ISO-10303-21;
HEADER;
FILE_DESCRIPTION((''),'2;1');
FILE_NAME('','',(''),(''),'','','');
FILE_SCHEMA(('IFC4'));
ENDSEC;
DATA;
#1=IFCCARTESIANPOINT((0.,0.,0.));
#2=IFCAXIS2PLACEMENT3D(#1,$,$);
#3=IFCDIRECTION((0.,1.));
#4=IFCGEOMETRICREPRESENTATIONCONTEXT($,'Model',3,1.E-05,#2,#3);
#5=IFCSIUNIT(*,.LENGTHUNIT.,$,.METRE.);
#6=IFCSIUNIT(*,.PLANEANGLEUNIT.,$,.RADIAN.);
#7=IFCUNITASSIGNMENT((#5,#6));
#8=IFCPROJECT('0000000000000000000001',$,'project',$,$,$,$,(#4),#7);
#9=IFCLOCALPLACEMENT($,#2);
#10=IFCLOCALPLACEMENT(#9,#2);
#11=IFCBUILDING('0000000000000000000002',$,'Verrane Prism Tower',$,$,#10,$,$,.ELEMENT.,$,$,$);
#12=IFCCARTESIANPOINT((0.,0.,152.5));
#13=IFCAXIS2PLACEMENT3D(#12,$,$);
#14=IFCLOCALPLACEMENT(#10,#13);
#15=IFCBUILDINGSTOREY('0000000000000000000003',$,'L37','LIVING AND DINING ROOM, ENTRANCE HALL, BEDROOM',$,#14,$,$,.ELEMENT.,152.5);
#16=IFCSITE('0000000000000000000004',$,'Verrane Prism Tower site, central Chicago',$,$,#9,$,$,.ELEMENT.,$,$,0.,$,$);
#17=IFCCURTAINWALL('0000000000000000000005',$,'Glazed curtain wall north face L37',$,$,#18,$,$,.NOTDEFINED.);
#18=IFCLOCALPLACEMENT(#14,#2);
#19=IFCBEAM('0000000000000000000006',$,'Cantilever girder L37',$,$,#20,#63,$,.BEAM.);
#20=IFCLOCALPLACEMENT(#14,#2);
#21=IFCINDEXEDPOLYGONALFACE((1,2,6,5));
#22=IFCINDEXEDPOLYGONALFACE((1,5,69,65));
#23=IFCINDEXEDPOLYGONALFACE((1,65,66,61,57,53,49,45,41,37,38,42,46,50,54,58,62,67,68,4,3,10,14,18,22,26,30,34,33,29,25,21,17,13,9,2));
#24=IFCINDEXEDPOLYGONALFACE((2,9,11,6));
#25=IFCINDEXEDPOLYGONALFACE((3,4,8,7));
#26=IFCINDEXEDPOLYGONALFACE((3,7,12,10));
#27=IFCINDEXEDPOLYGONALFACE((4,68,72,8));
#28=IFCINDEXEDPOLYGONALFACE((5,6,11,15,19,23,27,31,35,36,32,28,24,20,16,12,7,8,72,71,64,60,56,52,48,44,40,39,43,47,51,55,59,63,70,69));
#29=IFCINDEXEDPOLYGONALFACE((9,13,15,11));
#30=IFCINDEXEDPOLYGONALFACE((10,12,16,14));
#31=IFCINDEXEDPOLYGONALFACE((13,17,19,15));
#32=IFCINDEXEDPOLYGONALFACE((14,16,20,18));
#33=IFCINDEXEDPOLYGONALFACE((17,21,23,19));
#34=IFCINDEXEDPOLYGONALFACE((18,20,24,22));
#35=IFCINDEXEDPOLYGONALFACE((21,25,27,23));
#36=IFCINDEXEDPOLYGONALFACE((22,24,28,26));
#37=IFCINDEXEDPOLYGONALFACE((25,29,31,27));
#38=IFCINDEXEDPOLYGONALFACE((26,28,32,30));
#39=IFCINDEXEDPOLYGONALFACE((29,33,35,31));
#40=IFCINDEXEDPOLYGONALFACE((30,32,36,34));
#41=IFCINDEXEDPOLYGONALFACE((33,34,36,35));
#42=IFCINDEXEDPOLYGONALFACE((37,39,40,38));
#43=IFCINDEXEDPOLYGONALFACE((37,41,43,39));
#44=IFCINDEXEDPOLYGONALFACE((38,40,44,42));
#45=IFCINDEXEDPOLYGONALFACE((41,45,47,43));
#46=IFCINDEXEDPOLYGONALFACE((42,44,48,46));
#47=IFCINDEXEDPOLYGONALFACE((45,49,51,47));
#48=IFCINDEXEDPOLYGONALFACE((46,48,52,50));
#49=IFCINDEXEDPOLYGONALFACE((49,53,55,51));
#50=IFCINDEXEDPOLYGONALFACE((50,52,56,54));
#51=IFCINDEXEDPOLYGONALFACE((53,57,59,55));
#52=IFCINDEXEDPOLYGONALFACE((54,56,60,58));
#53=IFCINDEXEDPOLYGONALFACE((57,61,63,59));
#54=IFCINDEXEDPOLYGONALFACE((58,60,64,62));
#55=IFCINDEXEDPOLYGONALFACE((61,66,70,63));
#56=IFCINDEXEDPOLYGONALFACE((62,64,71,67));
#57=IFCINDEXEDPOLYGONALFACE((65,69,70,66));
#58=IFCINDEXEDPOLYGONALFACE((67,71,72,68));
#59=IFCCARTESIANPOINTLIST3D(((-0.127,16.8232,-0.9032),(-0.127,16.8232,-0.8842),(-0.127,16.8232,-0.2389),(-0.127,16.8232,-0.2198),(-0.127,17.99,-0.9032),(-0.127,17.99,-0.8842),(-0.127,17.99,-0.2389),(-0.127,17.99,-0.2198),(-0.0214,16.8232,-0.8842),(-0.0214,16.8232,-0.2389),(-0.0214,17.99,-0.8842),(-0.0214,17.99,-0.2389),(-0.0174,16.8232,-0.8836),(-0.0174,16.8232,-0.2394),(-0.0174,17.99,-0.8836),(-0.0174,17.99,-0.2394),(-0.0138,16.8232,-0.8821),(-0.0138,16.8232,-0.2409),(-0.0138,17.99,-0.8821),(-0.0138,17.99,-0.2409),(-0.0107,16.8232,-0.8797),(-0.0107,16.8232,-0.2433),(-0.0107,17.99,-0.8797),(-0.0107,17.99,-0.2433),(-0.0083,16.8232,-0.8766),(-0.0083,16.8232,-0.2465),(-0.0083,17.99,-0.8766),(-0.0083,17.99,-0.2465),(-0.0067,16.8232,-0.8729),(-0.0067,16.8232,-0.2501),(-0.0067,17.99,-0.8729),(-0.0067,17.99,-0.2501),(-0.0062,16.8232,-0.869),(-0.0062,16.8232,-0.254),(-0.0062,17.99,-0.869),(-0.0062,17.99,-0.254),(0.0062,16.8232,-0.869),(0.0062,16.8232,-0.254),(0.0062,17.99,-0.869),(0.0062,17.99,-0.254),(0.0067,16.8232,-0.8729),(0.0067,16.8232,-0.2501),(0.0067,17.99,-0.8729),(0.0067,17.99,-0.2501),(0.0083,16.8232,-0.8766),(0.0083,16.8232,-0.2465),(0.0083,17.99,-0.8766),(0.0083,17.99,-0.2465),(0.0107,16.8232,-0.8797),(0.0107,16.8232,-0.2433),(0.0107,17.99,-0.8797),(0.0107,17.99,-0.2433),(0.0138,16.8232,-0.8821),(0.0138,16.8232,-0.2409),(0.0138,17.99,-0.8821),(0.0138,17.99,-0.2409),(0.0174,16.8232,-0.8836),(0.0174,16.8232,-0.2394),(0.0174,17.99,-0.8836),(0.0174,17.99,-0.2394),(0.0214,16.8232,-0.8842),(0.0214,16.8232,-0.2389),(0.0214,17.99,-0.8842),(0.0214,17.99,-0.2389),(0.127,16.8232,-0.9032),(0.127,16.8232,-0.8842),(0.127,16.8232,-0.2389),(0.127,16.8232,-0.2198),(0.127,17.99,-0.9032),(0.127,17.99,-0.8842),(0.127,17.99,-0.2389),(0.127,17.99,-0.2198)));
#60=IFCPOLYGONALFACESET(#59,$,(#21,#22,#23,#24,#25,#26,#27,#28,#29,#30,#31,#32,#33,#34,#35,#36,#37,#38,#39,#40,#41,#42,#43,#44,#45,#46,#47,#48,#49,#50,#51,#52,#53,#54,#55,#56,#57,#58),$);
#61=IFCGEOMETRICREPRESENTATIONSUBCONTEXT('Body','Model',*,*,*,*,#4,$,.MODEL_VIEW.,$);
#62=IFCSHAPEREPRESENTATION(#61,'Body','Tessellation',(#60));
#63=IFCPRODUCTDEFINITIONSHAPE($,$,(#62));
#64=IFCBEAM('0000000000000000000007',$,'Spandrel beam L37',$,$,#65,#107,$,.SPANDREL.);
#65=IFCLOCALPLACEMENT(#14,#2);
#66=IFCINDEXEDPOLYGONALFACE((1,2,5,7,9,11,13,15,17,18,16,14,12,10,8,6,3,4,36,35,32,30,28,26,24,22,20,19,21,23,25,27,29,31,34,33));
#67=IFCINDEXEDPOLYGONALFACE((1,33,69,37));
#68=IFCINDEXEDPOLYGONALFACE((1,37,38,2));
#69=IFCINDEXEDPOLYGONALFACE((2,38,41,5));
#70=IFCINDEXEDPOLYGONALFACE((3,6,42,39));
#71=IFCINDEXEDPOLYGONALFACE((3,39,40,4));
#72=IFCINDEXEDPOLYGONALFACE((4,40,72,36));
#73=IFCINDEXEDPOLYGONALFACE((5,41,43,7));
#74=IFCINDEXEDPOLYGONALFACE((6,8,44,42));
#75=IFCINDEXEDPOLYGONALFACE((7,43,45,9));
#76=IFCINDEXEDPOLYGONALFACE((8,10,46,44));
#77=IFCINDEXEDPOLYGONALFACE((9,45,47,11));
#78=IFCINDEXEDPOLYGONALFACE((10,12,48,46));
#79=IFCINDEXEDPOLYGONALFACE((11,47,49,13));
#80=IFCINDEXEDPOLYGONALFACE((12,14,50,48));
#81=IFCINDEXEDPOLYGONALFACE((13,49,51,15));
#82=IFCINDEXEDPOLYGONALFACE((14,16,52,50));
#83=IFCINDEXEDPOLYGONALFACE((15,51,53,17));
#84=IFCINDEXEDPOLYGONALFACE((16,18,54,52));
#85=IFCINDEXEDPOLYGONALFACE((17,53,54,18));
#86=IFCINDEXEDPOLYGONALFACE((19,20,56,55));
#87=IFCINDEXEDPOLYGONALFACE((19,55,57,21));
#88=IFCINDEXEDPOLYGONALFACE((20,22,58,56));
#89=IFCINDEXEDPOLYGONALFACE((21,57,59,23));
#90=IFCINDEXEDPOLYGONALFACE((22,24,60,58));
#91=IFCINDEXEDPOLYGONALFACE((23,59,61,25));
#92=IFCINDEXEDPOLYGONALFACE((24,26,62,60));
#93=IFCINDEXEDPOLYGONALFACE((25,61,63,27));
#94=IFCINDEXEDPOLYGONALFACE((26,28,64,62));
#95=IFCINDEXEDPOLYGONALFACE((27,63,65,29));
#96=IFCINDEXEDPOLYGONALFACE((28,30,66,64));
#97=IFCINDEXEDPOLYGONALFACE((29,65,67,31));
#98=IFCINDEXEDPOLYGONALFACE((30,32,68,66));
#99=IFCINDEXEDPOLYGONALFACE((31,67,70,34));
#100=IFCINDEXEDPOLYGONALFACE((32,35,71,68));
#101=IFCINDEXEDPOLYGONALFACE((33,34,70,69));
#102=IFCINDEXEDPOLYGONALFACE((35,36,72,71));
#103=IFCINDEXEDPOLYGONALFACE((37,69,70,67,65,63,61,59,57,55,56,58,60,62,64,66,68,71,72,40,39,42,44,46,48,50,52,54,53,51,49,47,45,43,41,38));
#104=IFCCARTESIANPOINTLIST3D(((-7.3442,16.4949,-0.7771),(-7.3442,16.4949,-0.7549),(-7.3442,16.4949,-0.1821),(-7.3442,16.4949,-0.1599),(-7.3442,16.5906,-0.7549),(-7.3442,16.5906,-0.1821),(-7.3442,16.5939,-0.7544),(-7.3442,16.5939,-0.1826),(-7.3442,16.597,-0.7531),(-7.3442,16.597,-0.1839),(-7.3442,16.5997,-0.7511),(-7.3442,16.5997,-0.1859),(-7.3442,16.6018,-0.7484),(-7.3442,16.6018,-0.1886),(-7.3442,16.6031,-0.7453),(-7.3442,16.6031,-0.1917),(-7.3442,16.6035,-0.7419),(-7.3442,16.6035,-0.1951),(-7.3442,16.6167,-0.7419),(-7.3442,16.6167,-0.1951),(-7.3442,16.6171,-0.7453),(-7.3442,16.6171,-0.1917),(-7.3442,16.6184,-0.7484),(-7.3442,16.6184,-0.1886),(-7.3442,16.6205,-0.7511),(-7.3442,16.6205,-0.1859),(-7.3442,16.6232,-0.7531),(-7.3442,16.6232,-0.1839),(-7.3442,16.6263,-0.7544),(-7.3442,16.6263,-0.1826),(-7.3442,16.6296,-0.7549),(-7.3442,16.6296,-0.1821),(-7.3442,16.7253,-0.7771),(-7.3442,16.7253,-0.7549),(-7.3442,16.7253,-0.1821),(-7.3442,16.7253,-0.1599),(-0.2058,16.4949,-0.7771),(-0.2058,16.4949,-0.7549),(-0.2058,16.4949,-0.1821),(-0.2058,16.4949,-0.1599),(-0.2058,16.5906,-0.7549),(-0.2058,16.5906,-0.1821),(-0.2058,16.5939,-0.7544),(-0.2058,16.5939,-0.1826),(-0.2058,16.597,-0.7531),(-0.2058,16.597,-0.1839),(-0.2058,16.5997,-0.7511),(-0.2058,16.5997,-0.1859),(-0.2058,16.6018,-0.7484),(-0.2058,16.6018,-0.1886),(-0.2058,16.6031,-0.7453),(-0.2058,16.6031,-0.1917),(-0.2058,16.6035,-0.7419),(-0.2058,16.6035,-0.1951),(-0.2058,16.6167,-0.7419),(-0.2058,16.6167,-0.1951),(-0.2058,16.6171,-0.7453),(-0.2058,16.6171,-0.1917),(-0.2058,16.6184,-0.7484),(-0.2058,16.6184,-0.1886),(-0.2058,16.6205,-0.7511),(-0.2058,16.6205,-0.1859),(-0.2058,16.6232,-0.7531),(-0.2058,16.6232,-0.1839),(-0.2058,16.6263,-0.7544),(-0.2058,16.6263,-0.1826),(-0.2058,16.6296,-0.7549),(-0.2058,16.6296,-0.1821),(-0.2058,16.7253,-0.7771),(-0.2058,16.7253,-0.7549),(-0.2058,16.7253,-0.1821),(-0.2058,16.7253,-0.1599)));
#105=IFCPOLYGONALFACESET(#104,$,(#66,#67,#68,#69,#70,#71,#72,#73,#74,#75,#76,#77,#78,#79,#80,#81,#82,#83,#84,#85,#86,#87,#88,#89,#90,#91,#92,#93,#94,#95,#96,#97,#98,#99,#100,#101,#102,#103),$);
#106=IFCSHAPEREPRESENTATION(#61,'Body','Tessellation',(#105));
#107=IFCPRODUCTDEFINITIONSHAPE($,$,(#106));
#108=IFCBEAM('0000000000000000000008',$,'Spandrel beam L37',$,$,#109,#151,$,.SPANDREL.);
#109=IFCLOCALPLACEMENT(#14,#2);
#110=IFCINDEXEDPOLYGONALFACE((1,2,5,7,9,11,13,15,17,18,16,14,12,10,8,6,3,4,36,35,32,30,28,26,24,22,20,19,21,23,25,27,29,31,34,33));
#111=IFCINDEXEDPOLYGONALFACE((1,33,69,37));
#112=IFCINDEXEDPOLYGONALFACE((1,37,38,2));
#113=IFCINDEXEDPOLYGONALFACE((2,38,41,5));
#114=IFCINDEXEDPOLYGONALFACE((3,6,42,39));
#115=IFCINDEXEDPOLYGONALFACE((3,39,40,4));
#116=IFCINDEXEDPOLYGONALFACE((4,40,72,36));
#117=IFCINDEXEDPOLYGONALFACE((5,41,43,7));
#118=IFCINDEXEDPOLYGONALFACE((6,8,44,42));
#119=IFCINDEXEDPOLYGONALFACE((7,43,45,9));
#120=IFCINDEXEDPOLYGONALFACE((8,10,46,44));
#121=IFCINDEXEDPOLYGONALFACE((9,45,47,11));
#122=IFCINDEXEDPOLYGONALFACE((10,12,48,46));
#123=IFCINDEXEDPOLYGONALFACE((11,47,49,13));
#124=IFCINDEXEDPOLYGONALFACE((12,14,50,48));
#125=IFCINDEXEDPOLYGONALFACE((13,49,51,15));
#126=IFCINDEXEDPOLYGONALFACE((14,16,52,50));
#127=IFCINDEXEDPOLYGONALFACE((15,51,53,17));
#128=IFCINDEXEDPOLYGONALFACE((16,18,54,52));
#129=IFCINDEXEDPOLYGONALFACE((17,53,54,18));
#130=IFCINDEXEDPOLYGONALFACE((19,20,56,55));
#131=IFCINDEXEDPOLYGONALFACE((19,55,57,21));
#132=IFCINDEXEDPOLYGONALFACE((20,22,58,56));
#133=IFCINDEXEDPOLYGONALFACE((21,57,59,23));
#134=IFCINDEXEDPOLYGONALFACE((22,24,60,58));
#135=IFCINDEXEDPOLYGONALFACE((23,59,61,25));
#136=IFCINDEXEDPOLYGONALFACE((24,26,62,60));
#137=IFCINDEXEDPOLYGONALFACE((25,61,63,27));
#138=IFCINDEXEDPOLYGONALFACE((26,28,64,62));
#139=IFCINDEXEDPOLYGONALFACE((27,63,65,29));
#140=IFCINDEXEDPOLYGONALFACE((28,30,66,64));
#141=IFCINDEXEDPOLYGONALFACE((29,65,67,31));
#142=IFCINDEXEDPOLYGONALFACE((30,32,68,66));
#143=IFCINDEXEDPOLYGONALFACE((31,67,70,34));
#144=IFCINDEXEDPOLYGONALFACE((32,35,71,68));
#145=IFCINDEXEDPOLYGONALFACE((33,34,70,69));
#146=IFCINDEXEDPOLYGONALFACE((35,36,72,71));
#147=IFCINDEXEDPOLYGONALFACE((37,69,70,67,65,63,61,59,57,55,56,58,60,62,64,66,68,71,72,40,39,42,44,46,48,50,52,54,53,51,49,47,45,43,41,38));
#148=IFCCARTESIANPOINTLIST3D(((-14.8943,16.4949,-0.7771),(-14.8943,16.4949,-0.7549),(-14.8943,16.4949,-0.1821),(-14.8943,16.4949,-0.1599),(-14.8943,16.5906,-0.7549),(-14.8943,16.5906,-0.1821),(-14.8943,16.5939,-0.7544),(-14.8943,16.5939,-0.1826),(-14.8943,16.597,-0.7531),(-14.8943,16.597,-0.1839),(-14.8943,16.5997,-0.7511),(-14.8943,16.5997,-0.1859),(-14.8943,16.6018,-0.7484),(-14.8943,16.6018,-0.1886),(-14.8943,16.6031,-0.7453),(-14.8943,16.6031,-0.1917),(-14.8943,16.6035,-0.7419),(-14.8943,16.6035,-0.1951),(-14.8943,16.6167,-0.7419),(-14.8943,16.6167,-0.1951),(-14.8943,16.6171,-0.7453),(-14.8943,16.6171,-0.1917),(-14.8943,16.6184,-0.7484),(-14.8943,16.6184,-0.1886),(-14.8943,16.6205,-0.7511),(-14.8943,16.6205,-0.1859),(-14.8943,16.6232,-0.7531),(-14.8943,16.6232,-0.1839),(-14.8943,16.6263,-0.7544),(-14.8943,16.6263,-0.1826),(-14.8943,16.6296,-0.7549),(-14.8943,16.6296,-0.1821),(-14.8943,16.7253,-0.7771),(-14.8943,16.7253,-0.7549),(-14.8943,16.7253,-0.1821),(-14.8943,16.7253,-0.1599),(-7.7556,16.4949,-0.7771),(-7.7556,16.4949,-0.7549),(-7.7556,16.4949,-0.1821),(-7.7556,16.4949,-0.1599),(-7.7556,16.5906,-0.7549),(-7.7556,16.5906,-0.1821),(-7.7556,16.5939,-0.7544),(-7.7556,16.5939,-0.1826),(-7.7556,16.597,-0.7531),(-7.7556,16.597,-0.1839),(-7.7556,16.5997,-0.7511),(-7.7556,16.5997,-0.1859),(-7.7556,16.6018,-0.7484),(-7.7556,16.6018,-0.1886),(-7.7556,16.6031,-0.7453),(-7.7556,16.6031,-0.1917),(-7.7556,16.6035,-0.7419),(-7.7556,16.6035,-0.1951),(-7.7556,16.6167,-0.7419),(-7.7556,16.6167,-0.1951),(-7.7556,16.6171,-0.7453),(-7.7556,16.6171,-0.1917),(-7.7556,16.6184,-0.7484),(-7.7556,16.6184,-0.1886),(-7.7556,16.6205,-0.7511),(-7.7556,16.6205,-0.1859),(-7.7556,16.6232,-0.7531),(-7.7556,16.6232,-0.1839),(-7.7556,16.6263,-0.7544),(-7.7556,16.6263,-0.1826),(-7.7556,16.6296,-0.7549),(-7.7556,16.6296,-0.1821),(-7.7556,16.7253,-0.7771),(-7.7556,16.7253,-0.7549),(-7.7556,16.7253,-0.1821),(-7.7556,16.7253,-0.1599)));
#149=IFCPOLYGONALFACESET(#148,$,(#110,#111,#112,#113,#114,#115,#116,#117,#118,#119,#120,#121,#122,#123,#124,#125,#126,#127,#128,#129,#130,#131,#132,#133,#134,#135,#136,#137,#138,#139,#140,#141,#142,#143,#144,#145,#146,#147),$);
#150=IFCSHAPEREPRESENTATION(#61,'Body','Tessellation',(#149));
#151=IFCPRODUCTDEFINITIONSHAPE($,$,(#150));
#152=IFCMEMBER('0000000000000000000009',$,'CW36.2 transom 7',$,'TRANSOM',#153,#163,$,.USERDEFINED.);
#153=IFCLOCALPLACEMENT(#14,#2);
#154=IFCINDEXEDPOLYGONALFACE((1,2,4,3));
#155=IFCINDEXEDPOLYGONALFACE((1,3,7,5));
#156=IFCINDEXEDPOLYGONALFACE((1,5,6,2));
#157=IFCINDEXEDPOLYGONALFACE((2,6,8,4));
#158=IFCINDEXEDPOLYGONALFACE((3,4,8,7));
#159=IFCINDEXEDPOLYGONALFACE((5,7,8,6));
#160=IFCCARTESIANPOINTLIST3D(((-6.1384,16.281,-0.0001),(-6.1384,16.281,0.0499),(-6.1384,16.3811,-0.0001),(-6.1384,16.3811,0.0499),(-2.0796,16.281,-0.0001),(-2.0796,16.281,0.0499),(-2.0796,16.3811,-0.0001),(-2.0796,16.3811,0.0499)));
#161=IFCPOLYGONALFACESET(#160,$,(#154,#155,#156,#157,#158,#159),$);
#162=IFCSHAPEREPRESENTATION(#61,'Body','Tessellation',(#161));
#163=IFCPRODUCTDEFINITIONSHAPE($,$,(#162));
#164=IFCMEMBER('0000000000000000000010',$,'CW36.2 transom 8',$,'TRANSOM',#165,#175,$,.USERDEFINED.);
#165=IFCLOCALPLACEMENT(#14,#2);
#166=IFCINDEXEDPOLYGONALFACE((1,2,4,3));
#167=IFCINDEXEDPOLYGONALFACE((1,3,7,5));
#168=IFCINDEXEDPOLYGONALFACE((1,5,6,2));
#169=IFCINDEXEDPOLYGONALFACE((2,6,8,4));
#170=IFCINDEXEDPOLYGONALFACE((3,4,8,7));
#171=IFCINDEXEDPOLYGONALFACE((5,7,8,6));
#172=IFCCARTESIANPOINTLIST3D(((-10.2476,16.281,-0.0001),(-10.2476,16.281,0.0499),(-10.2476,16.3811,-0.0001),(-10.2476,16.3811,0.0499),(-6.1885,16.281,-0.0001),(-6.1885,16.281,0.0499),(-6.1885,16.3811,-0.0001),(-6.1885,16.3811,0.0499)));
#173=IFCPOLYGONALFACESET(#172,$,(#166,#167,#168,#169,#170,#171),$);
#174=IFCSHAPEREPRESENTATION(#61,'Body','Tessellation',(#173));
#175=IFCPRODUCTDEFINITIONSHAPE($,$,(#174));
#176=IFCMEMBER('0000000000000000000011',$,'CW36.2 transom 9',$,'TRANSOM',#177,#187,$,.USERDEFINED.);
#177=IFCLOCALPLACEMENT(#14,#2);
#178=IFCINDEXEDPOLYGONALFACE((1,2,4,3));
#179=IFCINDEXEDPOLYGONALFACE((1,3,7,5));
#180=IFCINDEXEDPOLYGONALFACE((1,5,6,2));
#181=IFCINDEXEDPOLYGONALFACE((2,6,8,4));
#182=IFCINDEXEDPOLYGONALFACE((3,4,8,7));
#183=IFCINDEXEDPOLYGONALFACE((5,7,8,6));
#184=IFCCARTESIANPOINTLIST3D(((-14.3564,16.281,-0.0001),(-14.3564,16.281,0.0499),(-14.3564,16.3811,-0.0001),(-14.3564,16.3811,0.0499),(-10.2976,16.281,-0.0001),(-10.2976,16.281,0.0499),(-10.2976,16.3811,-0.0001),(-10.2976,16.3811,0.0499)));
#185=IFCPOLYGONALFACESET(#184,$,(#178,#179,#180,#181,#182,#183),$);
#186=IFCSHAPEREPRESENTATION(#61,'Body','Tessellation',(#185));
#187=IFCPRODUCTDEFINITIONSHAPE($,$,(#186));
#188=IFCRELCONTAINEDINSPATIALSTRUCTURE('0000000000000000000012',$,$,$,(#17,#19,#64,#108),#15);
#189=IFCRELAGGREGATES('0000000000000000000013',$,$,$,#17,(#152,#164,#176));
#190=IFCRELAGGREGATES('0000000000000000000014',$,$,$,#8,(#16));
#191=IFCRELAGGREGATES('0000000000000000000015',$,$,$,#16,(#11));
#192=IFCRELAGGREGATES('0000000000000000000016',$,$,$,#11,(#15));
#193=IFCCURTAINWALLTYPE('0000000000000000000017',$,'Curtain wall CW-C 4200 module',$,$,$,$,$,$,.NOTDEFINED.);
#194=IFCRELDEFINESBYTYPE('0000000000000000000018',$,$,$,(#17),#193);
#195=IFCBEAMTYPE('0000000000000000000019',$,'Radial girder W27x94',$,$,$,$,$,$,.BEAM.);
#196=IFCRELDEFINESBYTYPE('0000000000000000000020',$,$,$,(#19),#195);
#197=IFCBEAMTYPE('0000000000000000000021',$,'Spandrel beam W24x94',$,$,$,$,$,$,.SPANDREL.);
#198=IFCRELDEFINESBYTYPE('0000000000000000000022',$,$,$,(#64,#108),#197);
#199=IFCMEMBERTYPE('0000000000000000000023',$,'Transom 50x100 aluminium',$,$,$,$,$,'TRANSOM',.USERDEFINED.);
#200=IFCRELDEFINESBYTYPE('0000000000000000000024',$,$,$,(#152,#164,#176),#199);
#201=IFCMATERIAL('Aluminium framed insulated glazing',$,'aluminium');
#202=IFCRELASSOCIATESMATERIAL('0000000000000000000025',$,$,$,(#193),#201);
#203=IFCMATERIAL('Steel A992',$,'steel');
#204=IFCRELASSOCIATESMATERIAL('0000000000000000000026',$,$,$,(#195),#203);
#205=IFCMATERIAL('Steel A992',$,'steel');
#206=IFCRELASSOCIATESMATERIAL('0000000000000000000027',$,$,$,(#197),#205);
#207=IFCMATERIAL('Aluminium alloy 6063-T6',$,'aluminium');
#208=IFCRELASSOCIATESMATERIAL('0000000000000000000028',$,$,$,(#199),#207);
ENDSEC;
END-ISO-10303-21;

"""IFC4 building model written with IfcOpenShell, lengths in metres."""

from ifc_helpers import new_model, si_unit, direction, frame, origin, origin_2d, place, context, subcontext, project, spatial, rectangle, i_section, extrude, material, material_profile, profile_set, type_object, element, aggregate, save


model = new_model("IFC4")

# Units and contexts
model_context = context("Model", 3, precision=1e-05, world=origin(), true_north=direction((0.0, 1.0)))
body_context = subcontext(model_context, "Body", "Model", "MODEL_VIEW")
ifc_project = project(units=[si_unit("LENGTHUNIT", "METRE"), si_unit("PLANEANGLEUNIT", "RADIAN")], contexts=[model_context])

# Site, building, storey
site_placement = place(None, origin())
site = spatial("IfcSite", under=ifc_project, at=site_placement, Name="Verrane Prism Tower site, central Chicago", CompositionType="ELEMENT", RefElevation=0.0)
building_placement = place(site_placement, origin())
building = spatial("IfcBuilding", under=site, at=building_placement, Name="Verrane Prism Tower", CompositionType="ELEMENT")
storey_placement = place(building_placement, frame((0.0, 0.0, 152.5)))
storey = spatial("IfcBuildingStorey", under=building, at=storey_placement, Name="L37", Description="LIVING AND DINING ROOM, ENTRANCE HALL, BEDROOM", CompositionType="ELEMENT", Elevation=152.5)

# Curtain wall
ifc_material_1 = material(Name="Aluminium framed insulated glazing", Category="aluminium")
curtain_wall_type = type_object("IfcCurtainWallType", Name="Curtain wall CW-C 4200 module", PredefinedType="NOTDEFINED", material=ifc_material_1)
curtain_wall_placement = place(storey_placement, origin())
curtain_wall = element("IfcCurtainWall", 1, at=curtain_wall_placement, inside=storey, type_object=curtain_wall_type, Name="Glazed curtain wall north face L37", PredefinedType="NOTDEFINED")

# Beams
ifc_material_2 = material(Name="Steel A992", Category="steel")
ifc_material_profile_1 = material_profile(ifc_material_2, i_section(OverallWidth=0.2539, OverallDepth=0.6833, WebThickness=0.0125, FlangeThickness=0.019, FilletRadius=0.0151, at=origin_2d()), Name="W27x94")
ifc_profile_set_1 = profile_set([ifc_material_profile_1], Name="Steel A992")
beam_type_1 = type_object("IfcBeamType", Name="Radial girder W27x94", PredefinedType="BEAM", material=ifc_profile_set_1)
beam_1_placement = place(storey_placement, frame((0.0, 16.8232, -0.5615), z_axis=(0.0, 1.0, 0.0), x_axis=(-1.0, 0.0, 0.0)))
element("IfcBeam", 2, at=beam_1_placement, inside=storey, type_object=beam_type_1, Name="Cantilever girder L37", PredefinedType="BEAM", context=body_context, shape_type="SweptSolid", body=[
    extrude(i_section(OverallWidth=0.2539, OverallDepth=0.6833, WebThickness=0.0125, FlangeThickness=0.019, FilletRadius=0.0151, at=origin_2d()), origin(), (0.0, 0.0, 1.0), 1.1667),
])
ifc_material_3 = material(Name="Steel A992", Category="steel")
ifc_material_profile_2 = material_profile(ifc_material_3, i_section(OverallWidth=0.2305, OverallDepth=0.6172, WebThickness=0.0132, FlangeThickness=0.0222, FilletRadius=0.0129, at=origin_2d()), Name="W24x94")
ifc_profile_set_2 = profile_set([ifc_material_profile_2], Name="Steel A992")
beam_type_2 = type_object("IfcBeamType", Name="Spandrel beam W24x94", PredefinedType="SPANDREL", material=ifc_profile_set_2)
beam_2_placement = place(storey_placement, frame((-0.2058, 16.6101, -0.4685), z_axis=(-1.0, 0.0, 0.0), x_axis=(0.0, -1.0, 0.0)))
element("IfcBeam", 3, at=beam_2_placement, inside=storey, type_object=beam_type_2, Name="Spandrel beam L37", PredefinedType="SPANDREL", context=body_context, shape_type="SweptSolid", body=[
    extrude(i_section(OverallWidth=0.2305, OverallDepth=0.6172, WebThickness=0.0132, FlangeThickness=0.0222, FilletRadius=0.0129, at=origin_2d()), origin(), (0.0, 0.0, 1.0), 7.1384),
])
beam_3_placement = place(storey_placement, frame((-7.7556, 16.6101, -0.4685), z_axis=(-1.0, 0.0, 0.0), x_axis=(0.0, -1.0, 0.0)))
element("IfcBeam", 4, at=beam_3_placement, inside=storey, type_object=beam_type_2, Name="Spandrel beam L37", PredefinedType="SPANDREL", context=body_context, shape_type="SweptSolid", body=[
    extrude(i_section(OverallWidth=0.2305, OverallDepth=0.6172, WebThickness=0.0132, FlangeThickness=0.0222, FilletRadius=0.0129, at=origin_2d()), origin(), (0.0, 0.0, 1.0), 7.1387),
])

# Members
ifc_material_4 = material(Name="Aluminium alloy 6063-T6", Category="aluminium")
ifc_material_profile_3 = material_profile(ifc_material_4, rectangle(XDim=0.1001, YDim=0.05, at=origin_2d()), Name="Transom 50x100 aluminium")
ifc_profile_set_3 = profile_set([ifc_material_profile_3], Name="Aluminium alloy 6063-T6")
member_type_1 = type_object("IfcMemberType", Name="Transom 50x100 aluminium", ElementType="TRANSOM", PredefinedType="USERDEFINED", material=ifc_profile_set_3)
member_1_placement = place(storey_placement, frame((-2.0796, 16.3311, 0.0249), z_axis=(-1.0, 0.0, 0.0), x_axis=(0.0, -1.0, 0.0)))
member_1 = element("IfcMember", 5, at=member_1_placement, type_object=member_type_1, Name="CW36.2 transom 7", ObjectType="TRANSOM", PredefinedType="USERDEFINED", context=body_context, shape_type="SweptSolid", body=[
    extrude(rectangle(XDim=0.1001, YDim=0.05, at=origin_2d()), origin(), (0.0, 0.0, 1.0), 4.0588),
])
member_2_placement = place(storey_placement, frame((-6.1885, 16.3311, 0.0249), z_axis=(-1.0, 0.0, 0.0), x_axis=(0.0, -1.0, 0.0)))
member_2 = element("IfcMember", 6, at=member_2_placement, type_object=member_type_1, Name="CW36.2 transom 8", ObjectType="TRANSOM", PredefinedType="USERDEFINED", context=body_context, shape_type="SweptSolid", body=[
    extrude(rectangle(XDim=0.1001, YDim=0.05, at=origin_2d()), origin(), (0.0, 0.0, 1.0), 4.0591),
])
member_3_placement = place(storey_placement, frame((-10.2976, 16.3311, 0.0249), z_axis=(-1.0, 0.0, 0.0), x_axis=(0.0, -1.0, 0.0)))
member_3 = element("IfcMember", 7, at=member_3_placement, type_object=member_type_1, Name="CW36.2 transom 9", ObjectType="TRANSOM", PredefinedType="USERDEFINED", context=body_context, shape_type="SweptSolid", body=[
    extrude(rectangle(XDim=0.1001, YDim=0.05, at=origin_2d()), origin(), (0.0, 0.0, 1.0), 4.0588),
])

aggregate(curtain_wall, [member_1, member_2, member_3])

save(model, "model.ifc")
